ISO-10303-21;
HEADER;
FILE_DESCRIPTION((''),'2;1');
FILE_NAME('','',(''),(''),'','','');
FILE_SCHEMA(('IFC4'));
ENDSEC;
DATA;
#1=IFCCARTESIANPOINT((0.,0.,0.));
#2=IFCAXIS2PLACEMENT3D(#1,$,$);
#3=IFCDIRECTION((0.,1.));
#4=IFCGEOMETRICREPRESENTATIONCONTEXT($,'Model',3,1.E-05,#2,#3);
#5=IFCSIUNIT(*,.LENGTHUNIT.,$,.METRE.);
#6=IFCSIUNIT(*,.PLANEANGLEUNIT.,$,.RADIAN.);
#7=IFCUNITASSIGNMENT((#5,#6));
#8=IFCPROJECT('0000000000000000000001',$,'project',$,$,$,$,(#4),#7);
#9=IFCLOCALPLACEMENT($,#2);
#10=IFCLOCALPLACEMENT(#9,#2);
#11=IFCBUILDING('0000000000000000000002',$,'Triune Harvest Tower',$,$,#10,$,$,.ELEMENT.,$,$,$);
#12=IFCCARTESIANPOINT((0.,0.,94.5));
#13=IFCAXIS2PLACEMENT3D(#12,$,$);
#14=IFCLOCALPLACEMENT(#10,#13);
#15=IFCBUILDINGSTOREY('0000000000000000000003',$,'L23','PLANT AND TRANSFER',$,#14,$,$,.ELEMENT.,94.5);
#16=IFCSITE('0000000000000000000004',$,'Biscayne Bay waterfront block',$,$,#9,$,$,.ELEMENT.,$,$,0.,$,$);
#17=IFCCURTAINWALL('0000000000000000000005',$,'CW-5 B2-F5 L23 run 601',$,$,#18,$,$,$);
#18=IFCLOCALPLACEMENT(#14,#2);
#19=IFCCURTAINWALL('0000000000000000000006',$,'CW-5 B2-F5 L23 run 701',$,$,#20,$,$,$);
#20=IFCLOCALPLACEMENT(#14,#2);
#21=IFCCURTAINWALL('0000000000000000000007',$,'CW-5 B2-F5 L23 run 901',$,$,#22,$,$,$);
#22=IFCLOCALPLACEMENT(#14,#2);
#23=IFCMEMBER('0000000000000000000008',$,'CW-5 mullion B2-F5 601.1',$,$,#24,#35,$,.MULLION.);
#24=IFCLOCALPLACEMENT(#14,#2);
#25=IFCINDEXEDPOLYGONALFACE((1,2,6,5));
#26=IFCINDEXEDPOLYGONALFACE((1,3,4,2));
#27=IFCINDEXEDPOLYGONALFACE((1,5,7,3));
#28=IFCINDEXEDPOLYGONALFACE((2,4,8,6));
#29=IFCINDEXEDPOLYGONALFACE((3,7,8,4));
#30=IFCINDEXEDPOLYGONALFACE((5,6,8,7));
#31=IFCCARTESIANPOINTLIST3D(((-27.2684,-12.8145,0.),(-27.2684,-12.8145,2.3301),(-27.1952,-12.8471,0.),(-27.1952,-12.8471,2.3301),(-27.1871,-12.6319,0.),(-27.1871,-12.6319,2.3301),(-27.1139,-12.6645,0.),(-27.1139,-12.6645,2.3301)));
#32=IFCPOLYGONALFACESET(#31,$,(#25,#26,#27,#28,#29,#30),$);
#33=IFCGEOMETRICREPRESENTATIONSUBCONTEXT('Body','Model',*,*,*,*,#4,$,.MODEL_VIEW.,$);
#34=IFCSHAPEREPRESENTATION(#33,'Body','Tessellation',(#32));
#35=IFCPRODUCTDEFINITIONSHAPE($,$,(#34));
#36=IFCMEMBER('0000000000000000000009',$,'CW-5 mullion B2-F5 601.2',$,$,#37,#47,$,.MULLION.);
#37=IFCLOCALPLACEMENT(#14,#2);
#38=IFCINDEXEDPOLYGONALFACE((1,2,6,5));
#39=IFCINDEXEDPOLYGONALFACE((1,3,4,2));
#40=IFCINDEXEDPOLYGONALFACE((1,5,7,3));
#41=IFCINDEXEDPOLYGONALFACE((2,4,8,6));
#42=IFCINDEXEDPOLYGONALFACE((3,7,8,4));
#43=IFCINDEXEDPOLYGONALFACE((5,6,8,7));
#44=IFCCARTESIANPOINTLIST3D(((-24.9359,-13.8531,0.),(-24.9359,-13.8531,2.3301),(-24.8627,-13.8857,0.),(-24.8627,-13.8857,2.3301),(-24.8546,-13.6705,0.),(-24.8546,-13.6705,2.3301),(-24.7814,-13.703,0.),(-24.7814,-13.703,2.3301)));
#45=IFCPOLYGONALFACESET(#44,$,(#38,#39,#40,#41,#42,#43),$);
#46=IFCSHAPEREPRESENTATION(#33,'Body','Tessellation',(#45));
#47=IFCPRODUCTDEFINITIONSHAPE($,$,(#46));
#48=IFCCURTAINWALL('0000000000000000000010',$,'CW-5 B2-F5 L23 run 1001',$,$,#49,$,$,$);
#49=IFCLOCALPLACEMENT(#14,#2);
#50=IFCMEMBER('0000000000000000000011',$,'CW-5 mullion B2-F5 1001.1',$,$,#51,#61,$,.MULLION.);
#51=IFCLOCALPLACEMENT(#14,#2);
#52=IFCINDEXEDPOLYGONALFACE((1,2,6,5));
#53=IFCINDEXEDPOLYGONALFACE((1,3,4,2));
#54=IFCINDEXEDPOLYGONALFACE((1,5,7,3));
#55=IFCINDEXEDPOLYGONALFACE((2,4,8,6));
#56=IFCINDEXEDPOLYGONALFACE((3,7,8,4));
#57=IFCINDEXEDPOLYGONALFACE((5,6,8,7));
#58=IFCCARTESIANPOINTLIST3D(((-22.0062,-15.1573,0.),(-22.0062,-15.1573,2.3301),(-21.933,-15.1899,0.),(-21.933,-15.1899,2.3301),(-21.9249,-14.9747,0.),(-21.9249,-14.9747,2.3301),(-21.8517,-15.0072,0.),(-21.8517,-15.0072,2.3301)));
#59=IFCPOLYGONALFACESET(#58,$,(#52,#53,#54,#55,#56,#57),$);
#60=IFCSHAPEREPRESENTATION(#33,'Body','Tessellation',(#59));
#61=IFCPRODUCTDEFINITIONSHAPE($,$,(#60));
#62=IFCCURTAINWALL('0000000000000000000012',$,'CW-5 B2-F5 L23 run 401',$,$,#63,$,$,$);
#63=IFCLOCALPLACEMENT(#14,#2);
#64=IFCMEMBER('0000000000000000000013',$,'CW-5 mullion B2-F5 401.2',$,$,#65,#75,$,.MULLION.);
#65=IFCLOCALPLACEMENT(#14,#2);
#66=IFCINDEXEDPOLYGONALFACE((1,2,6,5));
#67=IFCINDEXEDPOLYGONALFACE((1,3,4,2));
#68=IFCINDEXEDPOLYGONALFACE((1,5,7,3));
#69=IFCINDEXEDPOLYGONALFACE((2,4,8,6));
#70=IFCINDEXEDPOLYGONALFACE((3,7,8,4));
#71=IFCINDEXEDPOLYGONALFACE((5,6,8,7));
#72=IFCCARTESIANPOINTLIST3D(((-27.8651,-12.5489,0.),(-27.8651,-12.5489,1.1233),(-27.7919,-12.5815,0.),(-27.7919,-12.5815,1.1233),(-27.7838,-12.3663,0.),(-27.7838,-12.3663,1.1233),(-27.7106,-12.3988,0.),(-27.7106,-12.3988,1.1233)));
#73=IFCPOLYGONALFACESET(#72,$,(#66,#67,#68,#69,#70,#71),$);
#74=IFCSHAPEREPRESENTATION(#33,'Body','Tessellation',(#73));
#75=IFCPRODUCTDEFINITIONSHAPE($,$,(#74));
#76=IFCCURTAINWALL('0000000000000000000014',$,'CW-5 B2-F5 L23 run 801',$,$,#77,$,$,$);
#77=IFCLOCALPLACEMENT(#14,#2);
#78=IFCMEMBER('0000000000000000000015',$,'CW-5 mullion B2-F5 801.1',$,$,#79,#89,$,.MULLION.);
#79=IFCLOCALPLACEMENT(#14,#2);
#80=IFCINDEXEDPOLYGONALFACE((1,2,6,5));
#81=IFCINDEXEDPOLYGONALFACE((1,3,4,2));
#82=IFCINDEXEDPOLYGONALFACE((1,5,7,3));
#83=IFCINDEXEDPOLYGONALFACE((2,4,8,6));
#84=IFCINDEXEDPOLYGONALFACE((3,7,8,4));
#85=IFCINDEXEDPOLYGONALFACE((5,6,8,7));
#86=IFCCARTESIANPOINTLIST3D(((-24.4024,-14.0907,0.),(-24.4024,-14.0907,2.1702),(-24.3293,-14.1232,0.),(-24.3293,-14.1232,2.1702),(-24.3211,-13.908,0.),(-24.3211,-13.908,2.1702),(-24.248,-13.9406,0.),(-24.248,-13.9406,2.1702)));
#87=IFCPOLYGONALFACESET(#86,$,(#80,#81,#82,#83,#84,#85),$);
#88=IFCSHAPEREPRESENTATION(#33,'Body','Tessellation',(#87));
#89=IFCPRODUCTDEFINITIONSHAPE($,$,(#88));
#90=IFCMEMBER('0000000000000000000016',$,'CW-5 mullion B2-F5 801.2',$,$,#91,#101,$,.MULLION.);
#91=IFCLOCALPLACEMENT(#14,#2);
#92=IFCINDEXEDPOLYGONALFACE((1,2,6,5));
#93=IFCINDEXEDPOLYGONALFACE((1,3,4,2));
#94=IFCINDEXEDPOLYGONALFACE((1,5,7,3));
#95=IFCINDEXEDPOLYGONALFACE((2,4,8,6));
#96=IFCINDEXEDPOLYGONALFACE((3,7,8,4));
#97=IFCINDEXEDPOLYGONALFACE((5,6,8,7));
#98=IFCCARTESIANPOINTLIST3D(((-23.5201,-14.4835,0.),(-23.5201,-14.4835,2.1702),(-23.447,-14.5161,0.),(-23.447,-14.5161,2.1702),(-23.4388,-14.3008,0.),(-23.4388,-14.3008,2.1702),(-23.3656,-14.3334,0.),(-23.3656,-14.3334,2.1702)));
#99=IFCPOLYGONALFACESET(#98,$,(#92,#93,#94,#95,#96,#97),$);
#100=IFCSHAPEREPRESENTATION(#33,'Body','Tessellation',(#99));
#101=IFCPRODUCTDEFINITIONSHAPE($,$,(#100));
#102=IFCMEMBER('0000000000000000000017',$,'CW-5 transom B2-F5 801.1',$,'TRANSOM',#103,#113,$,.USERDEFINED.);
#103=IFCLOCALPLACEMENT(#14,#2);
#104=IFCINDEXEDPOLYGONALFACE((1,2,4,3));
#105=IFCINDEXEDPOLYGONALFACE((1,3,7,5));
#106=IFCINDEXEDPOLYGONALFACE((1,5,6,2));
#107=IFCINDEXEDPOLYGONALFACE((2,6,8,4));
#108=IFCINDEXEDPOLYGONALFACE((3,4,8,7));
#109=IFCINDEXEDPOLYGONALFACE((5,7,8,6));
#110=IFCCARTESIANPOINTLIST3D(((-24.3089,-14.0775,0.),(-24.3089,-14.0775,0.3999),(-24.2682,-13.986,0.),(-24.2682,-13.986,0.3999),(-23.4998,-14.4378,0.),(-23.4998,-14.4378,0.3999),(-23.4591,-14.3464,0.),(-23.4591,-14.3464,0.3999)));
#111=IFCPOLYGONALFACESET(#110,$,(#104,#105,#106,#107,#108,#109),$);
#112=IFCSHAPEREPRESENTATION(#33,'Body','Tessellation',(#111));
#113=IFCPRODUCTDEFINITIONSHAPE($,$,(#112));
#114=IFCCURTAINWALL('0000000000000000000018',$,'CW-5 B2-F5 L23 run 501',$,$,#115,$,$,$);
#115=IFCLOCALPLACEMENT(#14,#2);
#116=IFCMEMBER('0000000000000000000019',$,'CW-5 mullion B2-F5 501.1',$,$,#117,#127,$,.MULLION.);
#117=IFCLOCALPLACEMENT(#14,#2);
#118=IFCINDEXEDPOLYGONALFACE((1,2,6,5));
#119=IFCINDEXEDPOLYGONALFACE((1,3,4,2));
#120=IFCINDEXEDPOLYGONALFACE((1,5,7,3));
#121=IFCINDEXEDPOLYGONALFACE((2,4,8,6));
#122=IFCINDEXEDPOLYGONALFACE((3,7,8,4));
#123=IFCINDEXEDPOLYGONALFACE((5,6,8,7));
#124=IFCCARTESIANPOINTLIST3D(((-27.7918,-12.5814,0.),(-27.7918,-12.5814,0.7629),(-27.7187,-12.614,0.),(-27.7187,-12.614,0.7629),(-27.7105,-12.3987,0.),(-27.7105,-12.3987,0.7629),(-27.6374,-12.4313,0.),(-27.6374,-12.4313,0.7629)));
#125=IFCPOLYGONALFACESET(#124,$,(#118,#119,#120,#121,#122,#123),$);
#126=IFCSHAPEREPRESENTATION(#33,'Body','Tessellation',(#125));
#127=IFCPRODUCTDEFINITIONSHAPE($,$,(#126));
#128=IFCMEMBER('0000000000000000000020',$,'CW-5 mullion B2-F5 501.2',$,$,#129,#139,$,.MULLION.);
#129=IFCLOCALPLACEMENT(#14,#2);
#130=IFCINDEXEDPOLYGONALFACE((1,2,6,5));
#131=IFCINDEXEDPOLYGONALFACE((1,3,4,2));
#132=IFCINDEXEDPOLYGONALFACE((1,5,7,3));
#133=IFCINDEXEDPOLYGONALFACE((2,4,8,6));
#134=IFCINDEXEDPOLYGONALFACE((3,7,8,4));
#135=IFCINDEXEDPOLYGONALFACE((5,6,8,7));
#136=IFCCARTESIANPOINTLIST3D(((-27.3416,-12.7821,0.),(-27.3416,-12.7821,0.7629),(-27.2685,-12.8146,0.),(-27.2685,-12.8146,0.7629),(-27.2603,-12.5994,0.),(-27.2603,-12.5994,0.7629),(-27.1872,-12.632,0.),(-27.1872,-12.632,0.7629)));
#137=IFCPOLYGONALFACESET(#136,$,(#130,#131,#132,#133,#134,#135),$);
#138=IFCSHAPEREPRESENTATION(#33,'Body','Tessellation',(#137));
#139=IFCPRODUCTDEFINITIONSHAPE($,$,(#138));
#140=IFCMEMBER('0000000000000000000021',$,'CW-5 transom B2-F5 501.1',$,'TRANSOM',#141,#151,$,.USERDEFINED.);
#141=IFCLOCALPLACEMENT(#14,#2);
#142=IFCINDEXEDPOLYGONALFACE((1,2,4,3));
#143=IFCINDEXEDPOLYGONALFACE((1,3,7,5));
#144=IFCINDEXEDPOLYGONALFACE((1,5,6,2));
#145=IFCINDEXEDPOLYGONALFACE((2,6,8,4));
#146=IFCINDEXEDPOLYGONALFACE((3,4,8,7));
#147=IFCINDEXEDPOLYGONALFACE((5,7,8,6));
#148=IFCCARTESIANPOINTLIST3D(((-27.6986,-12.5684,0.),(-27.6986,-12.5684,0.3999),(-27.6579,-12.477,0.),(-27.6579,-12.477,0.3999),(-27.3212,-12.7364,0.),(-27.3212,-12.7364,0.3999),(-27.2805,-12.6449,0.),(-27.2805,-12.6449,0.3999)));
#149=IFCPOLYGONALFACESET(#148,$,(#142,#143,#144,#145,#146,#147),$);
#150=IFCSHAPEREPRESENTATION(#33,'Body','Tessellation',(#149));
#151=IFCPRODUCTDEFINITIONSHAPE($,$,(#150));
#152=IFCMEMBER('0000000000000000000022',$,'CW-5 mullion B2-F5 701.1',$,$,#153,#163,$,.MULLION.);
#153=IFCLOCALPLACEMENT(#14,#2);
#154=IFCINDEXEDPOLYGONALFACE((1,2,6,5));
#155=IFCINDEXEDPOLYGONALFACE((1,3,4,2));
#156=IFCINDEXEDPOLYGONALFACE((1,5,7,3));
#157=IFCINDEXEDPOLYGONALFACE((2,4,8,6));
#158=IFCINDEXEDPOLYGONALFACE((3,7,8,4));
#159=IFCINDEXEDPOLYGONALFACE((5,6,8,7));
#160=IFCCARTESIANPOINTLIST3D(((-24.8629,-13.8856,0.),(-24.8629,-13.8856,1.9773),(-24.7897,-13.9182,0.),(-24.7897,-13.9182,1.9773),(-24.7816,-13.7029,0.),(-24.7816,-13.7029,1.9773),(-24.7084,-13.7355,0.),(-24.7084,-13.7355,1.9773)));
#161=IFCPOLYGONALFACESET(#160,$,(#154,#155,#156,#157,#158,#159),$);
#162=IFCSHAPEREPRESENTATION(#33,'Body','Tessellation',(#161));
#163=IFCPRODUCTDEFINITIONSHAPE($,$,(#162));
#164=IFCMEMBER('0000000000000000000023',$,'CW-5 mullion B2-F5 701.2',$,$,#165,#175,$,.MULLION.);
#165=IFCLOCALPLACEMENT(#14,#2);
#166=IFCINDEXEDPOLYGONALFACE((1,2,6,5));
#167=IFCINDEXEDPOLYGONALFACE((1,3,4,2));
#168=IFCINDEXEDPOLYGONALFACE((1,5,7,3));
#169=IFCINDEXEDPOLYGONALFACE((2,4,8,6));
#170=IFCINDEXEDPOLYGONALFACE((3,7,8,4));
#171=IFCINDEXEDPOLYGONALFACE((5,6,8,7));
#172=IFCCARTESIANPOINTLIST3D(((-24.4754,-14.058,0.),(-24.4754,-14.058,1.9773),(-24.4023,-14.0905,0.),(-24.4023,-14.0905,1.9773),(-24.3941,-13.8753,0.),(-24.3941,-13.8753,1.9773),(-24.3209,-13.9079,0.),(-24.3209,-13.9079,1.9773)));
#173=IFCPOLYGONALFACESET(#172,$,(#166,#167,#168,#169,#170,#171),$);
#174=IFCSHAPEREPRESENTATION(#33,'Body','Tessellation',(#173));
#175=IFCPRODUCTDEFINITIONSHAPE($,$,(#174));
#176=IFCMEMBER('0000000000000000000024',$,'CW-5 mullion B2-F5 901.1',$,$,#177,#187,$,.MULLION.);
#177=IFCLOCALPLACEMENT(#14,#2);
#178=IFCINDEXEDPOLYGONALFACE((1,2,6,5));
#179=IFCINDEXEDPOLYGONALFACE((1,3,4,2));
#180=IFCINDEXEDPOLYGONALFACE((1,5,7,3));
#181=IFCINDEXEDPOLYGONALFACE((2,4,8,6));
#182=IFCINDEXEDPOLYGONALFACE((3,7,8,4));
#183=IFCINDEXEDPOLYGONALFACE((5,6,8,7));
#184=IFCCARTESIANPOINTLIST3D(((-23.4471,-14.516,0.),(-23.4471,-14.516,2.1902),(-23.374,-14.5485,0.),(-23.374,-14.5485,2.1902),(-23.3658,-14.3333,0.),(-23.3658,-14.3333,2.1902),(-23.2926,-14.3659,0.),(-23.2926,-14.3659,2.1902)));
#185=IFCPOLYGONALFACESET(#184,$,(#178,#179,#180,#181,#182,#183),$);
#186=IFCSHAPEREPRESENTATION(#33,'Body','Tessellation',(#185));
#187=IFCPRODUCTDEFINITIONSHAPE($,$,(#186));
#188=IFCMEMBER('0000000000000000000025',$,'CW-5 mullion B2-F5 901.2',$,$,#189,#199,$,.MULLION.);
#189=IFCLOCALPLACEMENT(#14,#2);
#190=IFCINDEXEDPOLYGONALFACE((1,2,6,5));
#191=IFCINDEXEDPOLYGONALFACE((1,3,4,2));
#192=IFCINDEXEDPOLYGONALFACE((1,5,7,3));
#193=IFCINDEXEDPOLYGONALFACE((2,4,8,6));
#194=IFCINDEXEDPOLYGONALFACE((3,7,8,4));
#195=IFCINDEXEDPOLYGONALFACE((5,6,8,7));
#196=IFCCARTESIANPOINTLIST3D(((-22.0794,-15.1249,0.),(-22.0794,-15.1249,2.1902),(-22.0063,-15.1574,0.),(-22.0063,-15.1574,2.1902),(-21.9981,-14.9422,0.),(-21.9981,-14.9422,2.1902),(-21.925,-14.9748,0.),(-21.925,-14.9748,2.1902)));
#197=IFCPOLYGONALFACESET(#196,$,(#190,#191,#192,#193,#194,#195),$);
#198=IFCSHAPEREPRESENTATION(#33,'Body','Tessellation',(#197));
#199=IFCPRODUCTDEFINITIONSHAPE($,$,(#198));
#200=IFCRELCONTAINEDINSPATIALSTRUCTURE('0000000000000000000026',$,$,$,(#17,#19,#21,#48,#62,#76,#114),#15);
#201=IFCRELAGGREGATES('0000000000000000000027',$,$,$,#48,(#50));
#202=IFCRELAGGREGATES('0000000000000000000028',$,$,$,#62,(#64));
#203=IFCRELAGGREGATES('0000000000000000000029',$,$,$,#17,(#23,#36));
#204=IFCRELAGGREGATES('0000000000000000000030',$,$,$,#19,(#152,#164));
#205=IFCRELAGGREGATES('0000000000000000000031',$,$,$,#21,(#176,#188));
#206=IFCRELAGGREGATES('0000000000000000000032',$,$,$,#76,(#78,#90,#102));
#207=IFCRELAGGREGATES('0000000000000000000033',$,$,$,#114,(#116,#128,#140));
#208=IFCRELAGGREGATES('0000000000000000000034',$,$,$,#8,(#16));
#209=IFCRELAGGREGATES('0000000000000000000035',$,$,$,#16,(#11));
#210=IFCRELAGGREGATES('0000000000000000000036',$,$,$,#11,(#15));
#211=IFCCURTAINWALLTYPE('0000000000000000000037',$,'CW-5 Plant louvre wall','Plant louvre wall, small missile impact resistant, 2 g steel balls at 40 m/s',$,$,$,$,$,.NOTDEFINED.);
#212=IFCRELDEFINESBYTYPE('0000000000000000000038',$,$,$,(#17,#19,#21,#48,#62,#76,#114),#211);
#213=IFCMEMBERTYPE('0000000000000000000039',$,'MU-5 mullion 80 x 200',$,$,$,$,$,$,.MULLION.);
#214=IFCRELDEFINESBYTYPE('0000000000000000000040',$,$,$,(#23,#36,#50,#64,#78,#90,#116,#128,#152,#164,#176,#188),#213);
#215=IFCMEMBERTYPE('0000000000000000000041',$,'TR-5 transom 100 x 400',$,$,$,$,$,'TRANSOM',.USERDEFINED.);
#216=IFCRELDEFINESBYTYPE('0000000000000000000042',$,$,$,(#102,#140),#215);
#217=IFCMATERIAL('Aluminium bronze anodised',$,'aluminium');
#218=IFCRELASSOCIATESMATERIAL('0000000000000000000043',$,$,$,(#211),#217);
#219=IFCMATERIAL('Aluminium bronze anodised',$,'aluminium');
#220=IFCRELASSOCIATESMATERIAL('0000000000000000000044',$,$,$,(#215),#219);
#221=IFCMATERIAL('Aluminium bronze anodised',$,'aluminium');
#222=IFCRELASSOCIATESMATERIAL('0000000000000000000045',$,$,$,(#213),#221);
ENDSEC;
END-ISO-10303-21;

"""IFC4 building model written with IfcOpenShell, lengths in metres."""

from ifc_helpers import new_model, si_unit, direction, frame, origin, origin_2d, place, context, subcontext, project, spatial, rectangle, extrude, source, transform, mapped, material, material_profile, profile_set, type_object, element, aggregate, save


model = new_model("IFC4")

# Units and contexts
model_context = context("Model", 3, precision=1e-05, world=origin(), true_north=direction((0.0, 1.0)))
body_context = subcontext(model_context, "Body", "Model", "MODEL_VIEW")
ifc_project = project(units=[si_unit("LENGTHUNIT", "METRE"), si_unit("PLANEANGLEUNIT", "RADIAN")], contexts=[model_context])

# Site, building, storey
site_placement = place(None, origin())
site = spatial("IfcSite", under=ifc_project, at=site_placement, Name="Biscayne Bay waterfront block", CompositionType="ELEMENT", RefElevation=0.0)
building_placement = place(site_placement, origin())
building = spatial("IfcBuilding", under=site, at=building_placement, Name="Triune Harvest Tower", CompositionType="ELEMENT")
storey_placement = place(building_placement, frame((0.0, 0.0, 94.5)))
storey = spatial("IfcBuildingStorey", under=building, at=storey_placement, Name="L23", Description="PLANT AND TRANSFER", CompositionType="ELEMENT", Elevation=94.5)

# Curtain walls
ifc_material_1 = material(Name="Aluminium bronze anodised", Category="aluminium")
curtain_wall_type = type_object("IfcCurtainWallType", Name="CW-5 Plant louvre wall", Description="Plant louvre wall, small missile impact resistant, 2 g steel balls at 40 m/s", PredefinedType="NOTDEFINED", material=ifc_material_1)
curtain_wall_1_placement = place(storey_placement, origin())
curtain_wall_1 = element("IfcCurtainWall", 1, at=curtain_wall_1_placement, inside=storey, type_object=curtain_wall_type, Name="CW-5 B2-F5 L23 run 601")
ifc_material_2 = material(Name="Aluminium bronze anodised", Category="aluminium")
ifc_material_profile_1 = material_profile(ifc_material_2, rectangle(XDim=0.1001, YDim=0.3999, at=origin_2d()), Name="TR-5 transom 100 x 400")
ifc_profile_set_1 = profile_set([ifc_material_profile_1], Name="Aluminium bronze anodised")
member_type_1 = type_object("IfcMemberType", Name="TR-5 transom 100 x 400", ElementType="TRANSOM", PredefinedType="USERDEFINED", material=ifc_profile_set_1)
curtain_wall_2_placement = place(storey_placement, origin())
curtain_wall_2 = element("IfcCurtainWall", 2, at=curtain_wall_2_placement, inside=storey, type_object=curtain_wall_type, Name="CW-5 B2-F5 L23 run 701")
curtain_wall_3_placement = place(storey_placement, origin())
curtain_wall_3 = element("IfcCurtainWall", 3, at=curtain_wall_3_placement, inside=storey, type_object=curtain_wall_type, Name="CW-5 B2-F5 L23 run 901")

# Members
ifc_material_3 = material(Name="Aluminium bronze anodised", Category="aluminium")
ifc_material_profile_2 = material_profile(ifc_material_3, rectangle(XDim=0.2, YDim=0.0801, at=origin_2d()), Name="MU-5 mullion 80 x 200")
ifc_profile_set_2 = profile_set([ifc_material_profile_2], Name="Aluminium bronze anodised")
member_type_2 = type_object("IfcMemberType", Name="MU-5 mullion 80 x 200", PredefinedType="MULLION", material=ifc_profile_set_2)
shared_shape_1 = source(origin(), body_context, "Body", "SweptSolid", [
    extrude(rectangle(XDim=0.2, YDim=0.0801, at=origin_2d()), origin(), (0.0, 0.0, 1.0), 2.3301),
])
member_1_placement = place(storey_placement, frame((-27.1912, -12.7395, 0.0), z_axis=(0.0, 0.0, 1.0), x_axis=(0.406741, 0.913544, 0.0)))
member_1 = element("IfcMember", 4, at=member_1_placement, type_object=member_type_2, Name="CW-5 mullion B2-F5 601.1", PredefinedType="MULLION", context=body_context, shape_type="MappedRepresentation", body=[
    mapped(shared_shape_1, transform((0.0, 0.0, 0.0), scale=1.0)),
])
member_2_placement = place(storey_placement, frame((-24.8586, -13.7781, 0.0), z_axis=(0.0, 0.0, 1.0), x_axis=(0.406741, 0.913544, 0.0)))
member_2 = element("IfcMember", 5, at=member_2_placement, type_object=member_type_2, Name="CW-5 mullion B2-F5 601.2", PredefinedType="MULLION", context=body_context, shape_type="MappedRepresentation", body=[
    mapped(shared_shape_1, transform((0.0, 0.0, 0.0), scale=1.0)),
])

# Curtain walls, members
curtain_wall_4_placement = place(storey_placement, origin())
curtain_wall_4 = element("IfcCurtainWall", 6, at=curtain_wall_4_placement, inside=storey, type_object=curtain_wall_type, Name="CW-5 B2-F5 L23 run 1001")
member_3_placement = place(storey_placement, frame((-21.929, -15.0823, 0.0), z_axis=(0.0, 0.0, 1.0), x_axis=(0.406744, 0.913542, 0.0)))
member_3 = element("IfcMember", 7, at=member_3_placement, type_object=member_type_2, Name="CW-5 mullion B2-F5 1001.1", PredefinedType="MULLION", context=body_context, shape_type="MappedRepresentation", body=[
    mapped(shared_shape_1, transform((0.0, 0.0, 0.0), scale=1.0)),
])
aggregate(curtain_wall_4, [member_3])
curtain_wall_5_placement = place(storey_placement, origin())
curtain_wall_5 = element("IfcCurtainWall", 8, at=curtain_wall_5_placement, inside=storey, type_object=curtain_wall_type, Name="CW-5 B2-F5 L23 run 401")
shared_shape_2 = source(origin(), body_context, "Body", "SweptSolid", [
    extrude(rectangle(XDim=0.2, YDim=0.0801, at=origin_2d()), origin(), (0.0, 0.0, 1.0), 1.1233),
])
member_4_placement = place(storey_placement, frame((-27.7878, -12.4739, 0.0), z_axis=(0.0, 0.0, 1.0), x_axis=(0.406781, 0.913526, 0.0)))
member_4 = element("IfcMember", 9, at=member_4_placement, type_object=member_type_2, Name="CW-5 mullion B2-F5 401.2", PredefinedType="MULLION", context=body_context, shape_type="MappedRepresentation", body=[
    mapped(shared_shape_2, transform((0.0, 0.0, 0.0), scale=1.0)),
])

# Curtain walls, members
curtain_wall_6_placement = place(storey_placement, origin())
curtain_wall_6 = element("IfcCurtainWall", 10, at=curtain_wall_6_placement, inside=storey, type_object=curtain_wall_type, Name="CW-5 B2-F5 L23 run 801")
shared_shape_3 = source(origin(), body_context, "Body", "SweptSolid", [
    extrude(rectangle(XDim=0.2, YDim=0.0801, at=origin_2d()), origin(), (0.0, 0.0, 1.0), 2.1702),
])
member_5_placement = place(storey_placement, frame((-24.3252, -14.0156, 0.0), z_axis=(0.0, 0.0, 1.0), x_axis=(0.406715, 0.913555, 0.0)))
member_5 = element("IfcMember", 11, at=member_5_placement, type_object=member_type_2, Name="CW-5 mullion B2-F5 801.1", PredefinedType="MULLION", context=body_context, shape_type="MappedRepresentation", body=[
    mapped(shared_shape_3, transform((0.0, 0.0, 0.0), scale=1.0)),
])
member_6_placement = place(storey_placement, frame((-23.4429, -14.4084, 0.0), z_axis=(0.0, 0.0, 1.0), x_axis=(0.406715, 0.913555, 0.0)))
member_6 = element("IfcMember", 12, at=member_6_placement, type_object=member_type_2, Name="CW-5 mullion B2-F5 801.2", PredefinedType="MULLION", context=body_context, shape_type="MappedRepresentation", body=[
    mapped(shared_shape_3, transform((0.0, 0.0, 0.0), scale=1.0)),
])
shared_shape_4 = source(origin(), body_context, "Body", "SweptSolid", [
    extrude(rectangle(XDim=0.1001, YDim=0.3999, at=origin_2d()), origin(), (0.0, 0.0, 1.0), 0.8857),
])
member_7_placement = place(storey_placement, frame((-24.2886, -14.0317, 0.2), z_axis=(0.913493, -0.406854, 0.0), x_axis=(0.406854, 0.913493, 0.0)))
member_7 = element("IfcMember", 13, at=member_7_placement, type_object=member_type_1, Name="CW-5 transom B2-F5 801.1", ObjectType="TRANSOM", PredefinedType="USERDEFINED", context=body_context, shape_type="MappedRepresentation", body=[
    mapped(shared_shape_4, transform((0.0, 0.0, 0.0), scale=1.0)),
])
curtain_wall_7_placement = place(storey_placement, origin())
curtain_wall_7 = element("IfcCurtainWall", 14, at=curtain_wall_7_placement, inside=storey, type_object=curtain_wall_type, Name="CW-5 B2-F5 L23 run 501")
shared_shape_5 = source(origin(), body_context, "Body", "SweptSolid", [
    extrude(rectangle(XDim=0.2, YDim=0.0801, at=origin_2d()), origin(), (0.0, 0.0, 1.0), 0.7629),
])
member_8_placement = place(storey_placement, frame((-27.7146, -12.5063, 0.0), z_axis=(0.0, 0.0, 1.0), x_axis=(0.406689, 0.913567, 0.0)))
member_8 = element("IfcMember", 15, at=member_8_placement, type_object=member_type_2, Name="CW-5 mullion B2-F5 501.1", PredefinedType="MULLION", context=body_context, shape_type="MappedRepresentation", body=[
    mapped(shared_shape_5, transform((0.0, 0.0, 0.0), scale=1.0)),
])
member_9_placement = place(storey_placement, frame((-27.2644, -12.707, 0.0), z_axis=(0.0, 0.0, 1.0), x_axis=(0.406689, 0.913567, 0.0)))
member_9 = element("IfcMember", 16, at=member_9_placement, type_object=member_type_2, Name="CW-5 mullion B2-F5 501.2", PredefinedType="MULLION", context=body_context, shape_type="MappedRepresentation", body=[
    mapped(shared_shape_5, transform((0.0, 0.0, 0.0), scale=1.0)),
])
shared_shape_6 = source(origin(), body_context, "Body", "SweptSolid", [
    extrude(rectangle(XDim=0.1001, YDim=0.3999, at=origin_2d()), origin(), (0.0, 0.0, 1.0), 0.4131),
])
member_10_placement = place(storey_placement, frame((-27.6782, -12.5227, 0.2), z_axis=(0.913616, -0.406577, 0.0), x_axis=(0.406577, 0.913616, 0.0)))
member_10 = element("IfcMember", 17, at=member_10_placement, type_object=member_type_1, Name="CW-5 transom B2-F5 501.1", ObjectType="TRANSOM", PredefinedType="USERDEFINED", context=body_context, shape_type="MappedRepresentation", body=[
    mapped(shared_shape_6, transform((0.0, 0.0, 0.0), scale=1.0)),
])

# Members
shared_shape_7 = source(origin(), body_context, "Body", "SweptSolid", [
    extrude(rectangle(XDim=0.2, YDim=0.0801, at=origin_2d()), origin(), (0.0, 0.0, 1.0), 1.9773),
])
member_11_placement = place(storey_placement, frame((-24.7856, -13.8105, 0.0), z_axis=(0.0, 0.0, 1.0), x_axis=(0.406764, 0.913533, 0.0)))
member_11 = element("IfcMember", 18, at=member_11_placement, type_object=member_type_2, Name="CW-5 mullion B2-F5 701.1", PredefinedType="MULLION", context=body_context, shape_type="MappedRepresentation", body=[
    mapped(shared_shape_7, transform((0.0, 0.0, 0.0), scale=1.0)),
])
member_12_placement = place(storey_placement, frame((-24.3982, -13.9829, 0.0), z_axis=(0.0, 0.0, 1.0), x_axis=(0.406764, 0.913533, 0.0)))
member_12 = element("IfcMember", 19, at=member_12_placement, type_object=member_type_2, Name="CW-5 mullion B2-F5 701.2", PredefinedType="MULLION", context=body_context, shape_type="MappedRepresentation", body=[
    mapped(shared_shape_7, transform((0.0, 0.0, 0.0), scale=1.0)),
])
shared_shape_8 = source(origin(), body_context, "Body", "SweptSolid", [
    extrude(rectangle(XDim=0.2, YDim=0.0801, at=origin_2d()), origin(), (0.0, 0.0, 1.0), 2.1902),
])
member_13_placement = place(storey_placement, frame((-23.3699, -14.4409, 0.0), z_axis=(0.0, 0.0, 1.0), x_axis=(0.406744, 0.913542, 0.0)))
member_13 = element("IfcMember", 20, at=member_13_placement, type_object=member_type_2, Name="CW-5 mullion B2-F5 901.1", PredefinedType="MULLION", context=body_context, shape_type="MappedRepresentation", body=[
    mapped(shared_shape_8, transform((0.0, 0.0, 0.0), scale=1.0)),
])
member_14_placement = place(storey_placement, frame((-22.0022, -15.0498, 0.0), z_axis=(0.0, 0.0, 1.0), x_axis=(0.406744, 0.913542, 0.0)))
member_14 = element("IfcMember", 21, at=member_14_placement, type_object=member_type_2, Name="CW-5 mullion B2-F5 901.2", PredefinedType="MULLION", context=body_context, shape_type="MappedRepresentation", body=[
    mapped(shared_shape_8, transform((0.0, 0.0, 0.0), scale=1.0)),
])

aggregate(curtain_wall_5, [member_4])
aggregate(curtain_wall_1, [member_1, member_2])
aggregate(curtain_wall_2, [member_11, member_12])
aggregate(curtain_wall_3, [member_13, member_14])
aggregate(curtain_wall_6, [member_5, member_6, member_7])
aggregate(curtain_wall_7, [member_8, member_9, member_10])

save(model, "model.ifc")
